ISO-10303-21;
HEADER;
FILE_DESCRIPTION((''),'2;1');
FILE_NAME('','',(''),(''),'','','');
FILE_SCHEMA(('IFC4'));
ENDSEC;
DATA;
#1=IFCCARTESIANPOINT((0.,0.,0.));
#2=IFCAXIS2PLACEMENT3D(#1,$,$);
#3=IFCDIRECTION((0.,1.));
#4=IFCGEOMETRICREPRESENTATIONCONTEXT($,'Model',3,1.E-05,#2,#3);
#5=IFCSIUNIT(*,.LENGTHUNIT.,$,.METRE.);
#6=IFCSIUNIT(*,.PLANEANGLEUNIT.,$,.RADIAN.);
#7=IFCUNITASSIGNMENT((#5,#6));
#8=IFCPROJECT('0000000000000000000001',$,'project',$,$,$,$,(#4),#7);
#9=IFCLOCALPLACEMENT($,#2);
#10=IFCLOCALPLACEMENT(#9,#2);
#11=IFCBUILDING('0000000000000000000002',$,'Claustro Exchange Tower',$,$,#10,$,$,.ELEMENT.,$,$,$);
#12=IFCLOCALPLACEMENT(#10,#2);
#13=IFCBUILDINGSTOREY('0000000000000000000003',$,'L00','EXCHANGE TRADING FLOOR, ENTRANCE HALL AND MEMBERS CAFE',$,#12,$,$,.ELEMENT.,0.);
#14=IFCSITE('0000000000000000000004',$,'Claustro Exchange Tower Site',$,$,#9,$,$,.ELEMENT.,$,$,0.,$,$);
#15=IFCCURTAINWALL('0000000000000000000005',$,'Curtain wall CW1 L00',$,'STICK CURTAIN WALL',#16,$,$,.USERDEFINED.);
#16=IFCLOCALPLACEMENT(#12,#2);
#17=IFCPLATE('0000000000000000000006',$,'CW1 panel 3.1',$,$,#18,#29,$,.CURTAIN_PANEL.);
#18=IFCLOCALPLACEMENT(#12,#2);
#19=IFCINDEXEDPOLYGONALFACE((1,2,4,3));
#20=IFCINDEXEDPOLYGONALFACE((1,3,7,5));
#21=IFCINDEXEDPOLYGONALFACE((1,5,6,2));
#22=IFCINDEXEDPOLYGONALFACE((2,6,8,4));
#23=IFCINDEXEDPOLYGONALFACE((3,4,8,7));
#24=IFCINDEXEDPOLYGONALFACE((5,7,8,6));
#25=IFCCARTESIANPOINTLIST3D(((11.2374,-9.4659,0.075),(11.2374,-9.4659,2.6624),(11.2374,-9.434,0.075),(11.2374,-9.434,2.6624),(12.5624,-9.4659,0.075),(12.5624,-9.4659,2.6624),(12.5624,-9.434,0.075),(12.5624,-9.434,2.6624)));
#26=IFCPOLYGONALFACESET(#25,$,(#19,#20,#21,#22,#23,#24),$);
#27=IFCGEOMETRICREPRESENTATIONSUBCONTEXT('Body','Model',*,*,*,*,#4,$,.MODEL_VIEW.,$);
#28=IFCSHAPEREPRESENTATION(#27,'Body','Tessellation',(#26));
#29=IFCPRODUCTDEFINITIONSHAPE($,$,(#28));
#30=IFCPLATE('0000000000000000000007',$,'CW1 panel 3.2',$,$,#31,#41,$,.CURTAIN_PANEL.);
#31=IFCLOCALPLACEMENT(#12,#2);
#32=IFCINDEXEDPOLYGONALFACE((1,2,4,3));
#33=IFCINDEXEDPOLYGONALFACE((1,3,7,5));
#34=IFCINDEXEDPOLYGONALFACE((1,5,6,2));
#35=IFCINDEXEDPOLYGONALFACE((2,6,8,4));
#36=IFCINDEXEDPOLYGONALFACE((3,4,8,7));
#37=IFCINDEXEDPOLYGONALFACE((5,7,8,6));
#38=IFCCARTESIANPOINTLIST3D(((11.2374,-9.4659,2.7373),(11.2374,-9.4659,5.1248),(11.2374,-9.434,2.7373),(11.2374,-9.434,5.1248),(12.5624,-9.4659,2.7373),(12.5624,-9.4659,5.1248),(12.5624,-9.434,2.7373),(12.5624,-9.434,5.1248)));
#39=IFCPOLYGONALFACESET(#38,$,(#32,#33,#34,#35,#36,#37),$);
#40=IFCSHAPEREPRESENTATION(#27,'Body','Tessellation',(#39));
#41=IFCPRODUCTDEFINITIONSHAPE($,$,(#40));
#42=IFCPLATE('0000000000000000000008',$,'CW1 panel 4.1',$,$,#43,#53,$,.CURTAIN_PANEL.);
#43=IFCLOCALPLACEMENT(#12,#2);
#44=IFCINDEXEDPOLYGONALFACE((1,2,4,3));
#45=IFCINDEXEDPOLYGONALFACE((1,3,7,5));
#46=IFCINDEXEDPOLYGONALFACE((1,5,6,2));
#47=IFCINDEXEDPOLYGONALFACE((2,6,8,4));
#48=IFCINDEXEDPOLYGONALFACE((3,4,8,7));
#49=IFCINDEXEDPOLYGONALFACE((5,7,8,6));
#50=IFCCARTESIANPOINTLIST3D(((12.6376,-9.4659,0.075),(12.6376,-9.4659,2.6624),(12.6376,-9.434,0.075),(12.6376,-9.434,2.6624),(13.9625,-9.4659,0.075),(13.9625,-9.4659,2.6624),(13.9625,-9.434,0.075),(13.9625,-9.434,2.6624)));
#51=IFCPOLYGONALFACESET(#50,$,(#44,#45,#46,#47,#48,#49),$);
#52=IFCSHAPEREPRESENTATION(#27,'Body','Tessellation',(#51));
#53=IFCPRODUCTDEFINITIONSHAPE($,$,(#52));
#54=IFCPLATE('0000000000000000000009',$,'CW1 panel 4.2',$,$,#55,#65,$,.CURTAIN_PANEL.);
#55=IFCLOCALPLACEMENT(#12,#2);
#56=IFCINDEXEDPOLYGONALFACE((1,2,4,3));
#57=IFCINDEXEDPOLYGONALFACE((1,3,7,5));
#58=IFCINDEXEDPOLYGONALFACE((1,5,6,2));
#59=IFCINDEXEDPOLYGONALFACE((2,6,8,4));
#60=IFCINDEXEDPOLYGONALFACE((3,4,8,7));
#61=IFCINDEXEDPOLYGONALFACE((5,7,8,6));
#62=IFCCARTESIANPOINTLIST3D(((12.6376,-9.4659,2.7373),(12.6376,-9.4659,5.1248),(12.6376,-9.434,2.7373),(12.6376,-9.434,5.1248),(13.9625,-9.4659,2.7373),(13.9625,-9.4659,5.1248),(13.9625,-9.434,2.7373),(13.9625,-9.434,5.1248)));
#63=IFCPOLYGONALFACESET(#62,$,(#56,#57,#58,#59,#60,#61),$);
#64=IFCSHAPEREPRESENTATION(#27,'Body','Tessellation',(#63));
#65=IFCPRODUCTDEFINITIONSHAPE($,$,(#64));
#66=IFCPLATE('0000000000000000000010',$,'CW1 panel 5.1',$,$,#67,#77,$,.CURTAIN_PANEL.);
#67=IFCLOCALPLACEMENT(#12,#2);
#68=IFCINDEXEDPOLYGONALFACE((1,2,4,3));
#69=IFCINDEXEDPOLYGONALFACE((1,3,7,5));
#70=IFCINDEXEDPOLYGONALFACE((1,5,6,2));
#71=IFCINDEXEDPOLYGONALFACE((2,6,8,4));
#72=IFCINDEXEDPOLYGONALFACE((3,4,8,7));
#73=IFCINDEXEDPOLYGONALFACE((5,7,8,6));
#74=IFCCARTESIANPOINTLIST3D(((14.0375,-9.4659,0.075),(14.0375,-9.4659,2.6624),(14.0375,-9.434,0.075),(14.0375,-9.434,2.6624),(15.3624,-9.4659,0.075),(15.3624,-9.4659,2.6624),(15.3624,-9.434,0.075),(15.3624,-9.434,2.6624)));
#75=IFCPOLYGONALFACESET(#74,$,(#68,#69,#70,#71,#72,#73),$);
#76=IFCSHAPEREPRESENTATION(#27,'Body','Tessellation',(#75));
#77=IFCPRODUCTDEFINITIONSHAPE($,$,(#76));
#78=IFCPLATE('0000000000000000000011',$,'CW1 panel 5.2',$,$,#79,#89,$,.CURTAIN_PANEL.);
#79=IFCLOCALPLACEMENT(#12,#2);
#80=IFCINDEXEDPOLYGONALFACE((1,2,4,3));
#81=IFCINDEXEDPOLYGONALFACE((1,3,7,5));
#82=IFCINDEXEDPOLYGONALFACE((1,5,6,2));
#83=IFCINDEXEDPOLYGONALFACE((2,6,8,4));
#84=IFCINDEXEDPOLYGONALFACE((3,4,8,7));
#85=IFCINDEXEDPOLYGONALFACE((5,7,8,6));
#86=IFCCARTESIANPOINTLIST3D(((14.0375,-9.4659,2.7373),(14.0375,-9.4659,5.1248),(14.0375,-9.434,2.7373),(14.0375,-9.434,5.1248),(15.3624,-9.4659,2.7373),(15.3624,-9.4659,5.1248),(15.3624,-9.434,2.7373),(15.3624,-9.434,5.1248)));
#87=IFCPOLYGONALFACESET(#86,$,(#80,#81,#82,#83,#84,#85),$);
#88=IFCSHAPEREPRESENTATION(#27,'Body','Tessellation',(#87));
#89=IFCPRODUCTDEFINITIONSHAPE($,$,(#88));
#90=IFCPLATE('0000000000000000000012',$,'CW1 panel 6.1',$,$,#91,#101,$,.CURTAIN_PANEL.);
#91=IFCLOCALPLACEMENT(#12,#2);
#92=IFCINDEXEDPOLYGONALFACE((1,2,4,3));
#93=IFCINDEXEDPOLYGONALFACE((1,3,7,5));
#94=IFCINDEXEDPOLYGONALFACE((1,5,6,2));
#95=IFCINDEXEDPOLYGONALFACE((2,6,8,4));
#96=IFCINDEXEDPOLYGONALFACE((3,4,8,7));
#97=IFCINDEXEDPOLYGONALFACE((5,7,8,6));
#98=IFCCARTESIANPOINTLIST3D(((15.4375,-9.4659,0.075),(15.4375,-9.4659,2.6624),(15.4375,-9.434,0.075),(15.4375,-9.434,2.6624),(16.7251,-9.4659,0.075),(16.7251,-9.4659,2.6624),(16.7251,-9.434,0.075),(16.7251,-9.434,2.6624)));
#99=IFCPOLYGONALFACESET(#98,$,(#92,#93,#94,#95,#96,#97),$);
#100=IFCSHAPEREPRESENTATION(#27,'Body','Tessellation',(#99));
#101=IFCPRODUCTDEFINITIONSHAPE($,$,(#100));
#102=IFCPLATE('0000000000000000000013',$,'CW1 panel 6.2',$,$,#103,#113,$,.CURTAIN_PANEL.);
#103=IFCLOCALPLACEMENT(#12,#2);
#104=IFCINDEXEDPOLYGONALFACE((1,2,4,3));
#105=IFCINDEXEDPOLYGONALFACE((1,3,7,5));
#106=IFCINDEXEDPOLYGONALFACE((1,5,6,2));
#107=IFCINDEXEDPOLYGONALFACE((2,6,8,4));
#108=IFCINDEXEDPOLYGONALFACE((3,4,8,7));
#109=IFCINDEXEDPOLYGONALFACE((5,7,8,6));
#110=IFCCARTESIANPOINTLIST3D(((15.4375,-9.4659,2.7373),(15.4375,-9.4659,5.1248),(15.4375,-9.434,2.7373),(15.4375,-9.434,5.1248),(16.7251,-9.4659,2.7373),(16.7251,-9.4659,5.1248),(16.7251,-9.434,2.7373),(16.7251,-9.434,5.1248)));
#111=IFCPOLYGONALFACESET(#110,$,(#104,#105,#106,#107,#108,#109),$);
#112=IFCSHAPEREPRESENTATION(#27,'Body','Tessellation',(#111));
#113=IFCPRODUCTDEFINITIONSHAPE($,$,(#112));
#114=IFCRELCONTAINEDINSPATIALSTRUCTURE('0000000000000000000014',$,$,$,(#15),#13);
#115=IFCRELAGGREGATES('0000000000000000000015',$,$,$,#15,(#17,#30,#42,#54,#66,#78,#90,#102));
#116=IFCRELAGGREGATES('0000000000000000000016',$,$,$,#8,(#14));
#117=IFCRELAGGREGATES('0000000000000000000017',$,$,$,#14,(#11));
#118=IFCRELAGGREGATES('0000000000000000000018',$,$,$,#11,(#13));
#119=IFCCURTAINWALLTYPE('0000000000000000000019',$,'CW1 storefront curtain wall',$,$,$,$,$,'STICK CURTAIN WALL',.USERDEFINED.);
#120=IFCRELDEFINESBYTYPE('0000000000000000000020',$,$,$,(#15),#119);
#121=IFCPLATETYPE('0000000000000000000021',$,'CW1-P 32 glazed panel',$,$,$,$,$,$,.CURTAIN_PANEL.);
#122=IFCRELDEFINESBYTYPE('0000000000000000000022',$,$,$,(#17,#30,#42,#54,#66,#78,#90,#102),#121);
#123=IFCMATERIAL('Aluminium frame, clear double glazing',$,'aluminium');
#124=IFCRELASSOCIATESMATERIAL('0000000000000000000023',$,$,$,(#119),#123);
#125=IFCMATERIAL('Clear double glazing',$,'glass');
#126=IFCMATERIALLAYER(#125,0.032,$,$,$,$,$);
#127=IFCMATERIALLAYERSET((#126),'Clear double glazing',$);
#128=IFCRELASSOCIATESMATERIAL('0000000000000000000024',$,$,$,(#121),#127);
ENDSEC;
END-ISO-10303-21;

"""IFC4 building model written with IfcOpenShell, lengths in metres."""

from ifc_helpers import new_model, si_unit, direction, frame, origin, origin_2d, place, context, subcontext, project, spatial, rectangle, extrude, material, layer, layer_set, type_object, element, aggregate, save


model = new_model("IFC4")

# Units and contexts
model_context = context("Model", 3, precision=1e-05, world=origin(), true_north=direction((0.0, 1.0)))
body_context = subcontext(model_context, "Body", "Model", "MODEL_VIEW")
ifc_project = project(units=[si_unit("LENGTHUNIT", "METRE"), si_unit("PLANEANGLEUNIT", "RADIAN")], contexts=[model_context])

# Site, building, storey
site_placement = place(None, origin())
site = spatial("IfcSite", under=ifc_project, at=site_placement, Name="Claustro Exchange Tower Site", CompositionType="ELEMENT", RefElevation=0.0)
building_placement = place(site_placement, origin())
building = spatial("IfcBuilding", under=site, at=building_placement, Name="Claustro Exchange Tower", CompositionType="ELEMENT")
storey_placement = place(building_placement, origin())
storey = spatial("IfcBuildingStorey", under=building, at=storey_placement, Name="L00", Description="EXCHANGE TRADING FLOOR, ENTRANCE HALL AND MEMBERS CAFE", CompositionType="ELEMENT", Elevation=0.0)

# Curtain wall, plates
ifc_material_1 = material(Name="Aluminium frame, clear double glazing", Category="aluminium")
curtain_wall_type = type_object("IfcCurtainWallType", Name="CW1 storefront curtain wall", ElementType="STICK CURTAIN WALL", PredefinedType="USERDEFINED", material=ifc_material_1)
curtain_wall_placement = place(storey_placement, origin())
curtain_wall = element("IfcCurtainWall", 1, at=curtain_wall_placement, inside=storey, type_object=curtain_wall_type, Name="Curtain wall CW1 L00", ObjectType="STICK CURTAIN WALL", PredefinedType="USERDEFINED")
ifc_material_2 = material(Name="Clear double glazing", Category="glass")
ifc_layer_1 = layer(ifc_material_2, 0.032)
ifc_layer_set_1 = layer_set([ifc_layer_1], Name="Clear double glazing")
plate_type = type_object("IfcPlateType", Name="CW1-P 32 glazed panel", PredefinedType="CURTAIN_PANEL", material=ifc_layer_set_1)
plate_1_placement = place(storey_placement, frame((11.8999, -9.45, 0.075), z_axis=(0.0, 0.0, 1.0), x_axis=(1.0, 0.0, 0.0)))
plate_1 = element("IfcPlate", 2, at=plate_1_placement, type_object=plate_type, Name="CW1 panel 3.1", PredefinedType="CURTAIN_PANEL", context=body_context, shape_type="SweptSolid", body=[
    extrude(rectangle(XDim=1.325, YDim=0.032, at=origin_2d()), origin(), (0.0, 0.0, 1.0), 2.5874),
])
plate_2_placement = place(storey_placement, frame((11.8999, -9.45, 2.7373), z_axis=(0.0, 0.0, 1.0), x_axis=(1.0, 0.0, 0.0)))
plate_2 = element("IfcPlate", 3, at=plate_2_placement, type_object=plate_type, Name="CW1 panel 3.2", PredefinedType="CURTAIN_PANEL", context=body_context, shape_type="SweptSolid", body=[
    extrude(rectangle(XDim=1.325, YDim=0.032, at=origin_2d()), origin(), (0.0, 0.0, 1.0), 2.3875),
])
plate_3_placement = place(storey_placement, frame((13.3, -9.45, 0.075), z_axis=(0.0, 0.0, 1.0), x_axis=(1.0, 0.0, 0.0)))
plate_3 = element("IfcPlate", 4, at=plate_3_placement, type_object=plate_type, Name="CW1 panel 4.1", PredefinedType="CURTAIN_PANEL", context=body_context, shape_type="SweptSolid", body=[
    extrude(rectangle(XDim=1.325, YDim=0.032, at=origin_2d()), origin(), (0.0, 0.0, 1.0), 2.5874),
])
plate_4_placement = place(storey_placement, frame((13.3, -9.45, 2.7373), z_axis=(0.0, 0.0, 1.0), x_axis=(1.0, 0.0, 0.0)))
plate_4 = element("IfcPlate", 5, at=plate_4_placement, type_object=plate_type, Name="CW1 panel 4.2", PredefinedType="CURTAIN_PANEL", context=body_context, shape_type="SweptSolid", body=[
    extrude(rectangle(XDim=1.325, YDim=0.032, at=origin_2d()), origin(), (0.0, 0.0, 1.0), 2.3875),
])
plate_5_placement = place(storey_placement, frame((14.7, -9.45, 0.075), z_axis=(0.0, 0.0, 1.0), x_axis=(1.0, 0.0, 0.0)))
plate_5 = element("IfcPlate", 6, at=plate_5_placement, type_object=plate_type, Name="CW1 panel 5.1", PredefinedType="CURTAIN_PANEL", context=body_context, shape_type="SweptSolid", body=[
    extrude(rectangle(XDim=1.325, YDim=0.032, at=origin_2d()), origin(), (0.0, 0.0, 1.0), 2.5874),
])
plate_6_placement = place(storey_placement, frame((14.7, -9.45, 2.7373), z_axis=(0.0, 0.0, 1.0), x_axis=(1.0, 0.0, 0.0)))
plate_6 = element("IfcPlate", 7, at=plate_6_placement, type_object=plate_type, Name="CW1 panel 5.2", PredefinedType="CURTAIN_PANEL", context=body_context, shape_type="SweptSolid", body=[
    extrude(rectangle(XDim=1.325, YDim=0.032, at=origin_2d()), origin(), (0.0, 0.0, 1.0), 2.3875),
])
plate_7_placement = place(storey_placement, frame((16.0813, -9.45, 0.075), z_axis=(0.0, 0.0, 1.0), x_axis=(1.0, 0.0, 0.0)))
plate_7 = element("IfcPlate", 8, at=plate_7_placement, type_object=plate_type, Name="CW1 panel 6.1", PredefinedType="CURTAIN_PANEL", context=body_context, shape_type="SweptSolid", body=[
    extrude(rectangle(XDim=1.2876, YDim=0.032, at=origin_2d()), origin(), (0.0, 0.0, 1.0), 2.5874),
])
plate_8_placement = place(storey_placement, frame((16.0813, -9.45, 2.7373), z_axis=(0.0, 0.0, 1.0), x_axis=(1.0, 0.0, 0.0)))
plate_8 = element("IfcPlate", 9, at=plate_8_placement, type_object=plate_type, Name="CW1 panel 6.2", PredefinedType="CURTAIN_PANEL", context=body_context, shape_type="SweptSolid", body=[
    extrude(rectangle(XDim=1.2876, YDim=0.032, at=origin_2d()), origin(), (0.0, 0.0, 1.0), 2.3875),
])
aggregate(curtain_wall, [plate_1, plate_2, plate_3, plate_4, plate_5, plate_6, plate_7, plate_8])

save(model, "model.ifc")
